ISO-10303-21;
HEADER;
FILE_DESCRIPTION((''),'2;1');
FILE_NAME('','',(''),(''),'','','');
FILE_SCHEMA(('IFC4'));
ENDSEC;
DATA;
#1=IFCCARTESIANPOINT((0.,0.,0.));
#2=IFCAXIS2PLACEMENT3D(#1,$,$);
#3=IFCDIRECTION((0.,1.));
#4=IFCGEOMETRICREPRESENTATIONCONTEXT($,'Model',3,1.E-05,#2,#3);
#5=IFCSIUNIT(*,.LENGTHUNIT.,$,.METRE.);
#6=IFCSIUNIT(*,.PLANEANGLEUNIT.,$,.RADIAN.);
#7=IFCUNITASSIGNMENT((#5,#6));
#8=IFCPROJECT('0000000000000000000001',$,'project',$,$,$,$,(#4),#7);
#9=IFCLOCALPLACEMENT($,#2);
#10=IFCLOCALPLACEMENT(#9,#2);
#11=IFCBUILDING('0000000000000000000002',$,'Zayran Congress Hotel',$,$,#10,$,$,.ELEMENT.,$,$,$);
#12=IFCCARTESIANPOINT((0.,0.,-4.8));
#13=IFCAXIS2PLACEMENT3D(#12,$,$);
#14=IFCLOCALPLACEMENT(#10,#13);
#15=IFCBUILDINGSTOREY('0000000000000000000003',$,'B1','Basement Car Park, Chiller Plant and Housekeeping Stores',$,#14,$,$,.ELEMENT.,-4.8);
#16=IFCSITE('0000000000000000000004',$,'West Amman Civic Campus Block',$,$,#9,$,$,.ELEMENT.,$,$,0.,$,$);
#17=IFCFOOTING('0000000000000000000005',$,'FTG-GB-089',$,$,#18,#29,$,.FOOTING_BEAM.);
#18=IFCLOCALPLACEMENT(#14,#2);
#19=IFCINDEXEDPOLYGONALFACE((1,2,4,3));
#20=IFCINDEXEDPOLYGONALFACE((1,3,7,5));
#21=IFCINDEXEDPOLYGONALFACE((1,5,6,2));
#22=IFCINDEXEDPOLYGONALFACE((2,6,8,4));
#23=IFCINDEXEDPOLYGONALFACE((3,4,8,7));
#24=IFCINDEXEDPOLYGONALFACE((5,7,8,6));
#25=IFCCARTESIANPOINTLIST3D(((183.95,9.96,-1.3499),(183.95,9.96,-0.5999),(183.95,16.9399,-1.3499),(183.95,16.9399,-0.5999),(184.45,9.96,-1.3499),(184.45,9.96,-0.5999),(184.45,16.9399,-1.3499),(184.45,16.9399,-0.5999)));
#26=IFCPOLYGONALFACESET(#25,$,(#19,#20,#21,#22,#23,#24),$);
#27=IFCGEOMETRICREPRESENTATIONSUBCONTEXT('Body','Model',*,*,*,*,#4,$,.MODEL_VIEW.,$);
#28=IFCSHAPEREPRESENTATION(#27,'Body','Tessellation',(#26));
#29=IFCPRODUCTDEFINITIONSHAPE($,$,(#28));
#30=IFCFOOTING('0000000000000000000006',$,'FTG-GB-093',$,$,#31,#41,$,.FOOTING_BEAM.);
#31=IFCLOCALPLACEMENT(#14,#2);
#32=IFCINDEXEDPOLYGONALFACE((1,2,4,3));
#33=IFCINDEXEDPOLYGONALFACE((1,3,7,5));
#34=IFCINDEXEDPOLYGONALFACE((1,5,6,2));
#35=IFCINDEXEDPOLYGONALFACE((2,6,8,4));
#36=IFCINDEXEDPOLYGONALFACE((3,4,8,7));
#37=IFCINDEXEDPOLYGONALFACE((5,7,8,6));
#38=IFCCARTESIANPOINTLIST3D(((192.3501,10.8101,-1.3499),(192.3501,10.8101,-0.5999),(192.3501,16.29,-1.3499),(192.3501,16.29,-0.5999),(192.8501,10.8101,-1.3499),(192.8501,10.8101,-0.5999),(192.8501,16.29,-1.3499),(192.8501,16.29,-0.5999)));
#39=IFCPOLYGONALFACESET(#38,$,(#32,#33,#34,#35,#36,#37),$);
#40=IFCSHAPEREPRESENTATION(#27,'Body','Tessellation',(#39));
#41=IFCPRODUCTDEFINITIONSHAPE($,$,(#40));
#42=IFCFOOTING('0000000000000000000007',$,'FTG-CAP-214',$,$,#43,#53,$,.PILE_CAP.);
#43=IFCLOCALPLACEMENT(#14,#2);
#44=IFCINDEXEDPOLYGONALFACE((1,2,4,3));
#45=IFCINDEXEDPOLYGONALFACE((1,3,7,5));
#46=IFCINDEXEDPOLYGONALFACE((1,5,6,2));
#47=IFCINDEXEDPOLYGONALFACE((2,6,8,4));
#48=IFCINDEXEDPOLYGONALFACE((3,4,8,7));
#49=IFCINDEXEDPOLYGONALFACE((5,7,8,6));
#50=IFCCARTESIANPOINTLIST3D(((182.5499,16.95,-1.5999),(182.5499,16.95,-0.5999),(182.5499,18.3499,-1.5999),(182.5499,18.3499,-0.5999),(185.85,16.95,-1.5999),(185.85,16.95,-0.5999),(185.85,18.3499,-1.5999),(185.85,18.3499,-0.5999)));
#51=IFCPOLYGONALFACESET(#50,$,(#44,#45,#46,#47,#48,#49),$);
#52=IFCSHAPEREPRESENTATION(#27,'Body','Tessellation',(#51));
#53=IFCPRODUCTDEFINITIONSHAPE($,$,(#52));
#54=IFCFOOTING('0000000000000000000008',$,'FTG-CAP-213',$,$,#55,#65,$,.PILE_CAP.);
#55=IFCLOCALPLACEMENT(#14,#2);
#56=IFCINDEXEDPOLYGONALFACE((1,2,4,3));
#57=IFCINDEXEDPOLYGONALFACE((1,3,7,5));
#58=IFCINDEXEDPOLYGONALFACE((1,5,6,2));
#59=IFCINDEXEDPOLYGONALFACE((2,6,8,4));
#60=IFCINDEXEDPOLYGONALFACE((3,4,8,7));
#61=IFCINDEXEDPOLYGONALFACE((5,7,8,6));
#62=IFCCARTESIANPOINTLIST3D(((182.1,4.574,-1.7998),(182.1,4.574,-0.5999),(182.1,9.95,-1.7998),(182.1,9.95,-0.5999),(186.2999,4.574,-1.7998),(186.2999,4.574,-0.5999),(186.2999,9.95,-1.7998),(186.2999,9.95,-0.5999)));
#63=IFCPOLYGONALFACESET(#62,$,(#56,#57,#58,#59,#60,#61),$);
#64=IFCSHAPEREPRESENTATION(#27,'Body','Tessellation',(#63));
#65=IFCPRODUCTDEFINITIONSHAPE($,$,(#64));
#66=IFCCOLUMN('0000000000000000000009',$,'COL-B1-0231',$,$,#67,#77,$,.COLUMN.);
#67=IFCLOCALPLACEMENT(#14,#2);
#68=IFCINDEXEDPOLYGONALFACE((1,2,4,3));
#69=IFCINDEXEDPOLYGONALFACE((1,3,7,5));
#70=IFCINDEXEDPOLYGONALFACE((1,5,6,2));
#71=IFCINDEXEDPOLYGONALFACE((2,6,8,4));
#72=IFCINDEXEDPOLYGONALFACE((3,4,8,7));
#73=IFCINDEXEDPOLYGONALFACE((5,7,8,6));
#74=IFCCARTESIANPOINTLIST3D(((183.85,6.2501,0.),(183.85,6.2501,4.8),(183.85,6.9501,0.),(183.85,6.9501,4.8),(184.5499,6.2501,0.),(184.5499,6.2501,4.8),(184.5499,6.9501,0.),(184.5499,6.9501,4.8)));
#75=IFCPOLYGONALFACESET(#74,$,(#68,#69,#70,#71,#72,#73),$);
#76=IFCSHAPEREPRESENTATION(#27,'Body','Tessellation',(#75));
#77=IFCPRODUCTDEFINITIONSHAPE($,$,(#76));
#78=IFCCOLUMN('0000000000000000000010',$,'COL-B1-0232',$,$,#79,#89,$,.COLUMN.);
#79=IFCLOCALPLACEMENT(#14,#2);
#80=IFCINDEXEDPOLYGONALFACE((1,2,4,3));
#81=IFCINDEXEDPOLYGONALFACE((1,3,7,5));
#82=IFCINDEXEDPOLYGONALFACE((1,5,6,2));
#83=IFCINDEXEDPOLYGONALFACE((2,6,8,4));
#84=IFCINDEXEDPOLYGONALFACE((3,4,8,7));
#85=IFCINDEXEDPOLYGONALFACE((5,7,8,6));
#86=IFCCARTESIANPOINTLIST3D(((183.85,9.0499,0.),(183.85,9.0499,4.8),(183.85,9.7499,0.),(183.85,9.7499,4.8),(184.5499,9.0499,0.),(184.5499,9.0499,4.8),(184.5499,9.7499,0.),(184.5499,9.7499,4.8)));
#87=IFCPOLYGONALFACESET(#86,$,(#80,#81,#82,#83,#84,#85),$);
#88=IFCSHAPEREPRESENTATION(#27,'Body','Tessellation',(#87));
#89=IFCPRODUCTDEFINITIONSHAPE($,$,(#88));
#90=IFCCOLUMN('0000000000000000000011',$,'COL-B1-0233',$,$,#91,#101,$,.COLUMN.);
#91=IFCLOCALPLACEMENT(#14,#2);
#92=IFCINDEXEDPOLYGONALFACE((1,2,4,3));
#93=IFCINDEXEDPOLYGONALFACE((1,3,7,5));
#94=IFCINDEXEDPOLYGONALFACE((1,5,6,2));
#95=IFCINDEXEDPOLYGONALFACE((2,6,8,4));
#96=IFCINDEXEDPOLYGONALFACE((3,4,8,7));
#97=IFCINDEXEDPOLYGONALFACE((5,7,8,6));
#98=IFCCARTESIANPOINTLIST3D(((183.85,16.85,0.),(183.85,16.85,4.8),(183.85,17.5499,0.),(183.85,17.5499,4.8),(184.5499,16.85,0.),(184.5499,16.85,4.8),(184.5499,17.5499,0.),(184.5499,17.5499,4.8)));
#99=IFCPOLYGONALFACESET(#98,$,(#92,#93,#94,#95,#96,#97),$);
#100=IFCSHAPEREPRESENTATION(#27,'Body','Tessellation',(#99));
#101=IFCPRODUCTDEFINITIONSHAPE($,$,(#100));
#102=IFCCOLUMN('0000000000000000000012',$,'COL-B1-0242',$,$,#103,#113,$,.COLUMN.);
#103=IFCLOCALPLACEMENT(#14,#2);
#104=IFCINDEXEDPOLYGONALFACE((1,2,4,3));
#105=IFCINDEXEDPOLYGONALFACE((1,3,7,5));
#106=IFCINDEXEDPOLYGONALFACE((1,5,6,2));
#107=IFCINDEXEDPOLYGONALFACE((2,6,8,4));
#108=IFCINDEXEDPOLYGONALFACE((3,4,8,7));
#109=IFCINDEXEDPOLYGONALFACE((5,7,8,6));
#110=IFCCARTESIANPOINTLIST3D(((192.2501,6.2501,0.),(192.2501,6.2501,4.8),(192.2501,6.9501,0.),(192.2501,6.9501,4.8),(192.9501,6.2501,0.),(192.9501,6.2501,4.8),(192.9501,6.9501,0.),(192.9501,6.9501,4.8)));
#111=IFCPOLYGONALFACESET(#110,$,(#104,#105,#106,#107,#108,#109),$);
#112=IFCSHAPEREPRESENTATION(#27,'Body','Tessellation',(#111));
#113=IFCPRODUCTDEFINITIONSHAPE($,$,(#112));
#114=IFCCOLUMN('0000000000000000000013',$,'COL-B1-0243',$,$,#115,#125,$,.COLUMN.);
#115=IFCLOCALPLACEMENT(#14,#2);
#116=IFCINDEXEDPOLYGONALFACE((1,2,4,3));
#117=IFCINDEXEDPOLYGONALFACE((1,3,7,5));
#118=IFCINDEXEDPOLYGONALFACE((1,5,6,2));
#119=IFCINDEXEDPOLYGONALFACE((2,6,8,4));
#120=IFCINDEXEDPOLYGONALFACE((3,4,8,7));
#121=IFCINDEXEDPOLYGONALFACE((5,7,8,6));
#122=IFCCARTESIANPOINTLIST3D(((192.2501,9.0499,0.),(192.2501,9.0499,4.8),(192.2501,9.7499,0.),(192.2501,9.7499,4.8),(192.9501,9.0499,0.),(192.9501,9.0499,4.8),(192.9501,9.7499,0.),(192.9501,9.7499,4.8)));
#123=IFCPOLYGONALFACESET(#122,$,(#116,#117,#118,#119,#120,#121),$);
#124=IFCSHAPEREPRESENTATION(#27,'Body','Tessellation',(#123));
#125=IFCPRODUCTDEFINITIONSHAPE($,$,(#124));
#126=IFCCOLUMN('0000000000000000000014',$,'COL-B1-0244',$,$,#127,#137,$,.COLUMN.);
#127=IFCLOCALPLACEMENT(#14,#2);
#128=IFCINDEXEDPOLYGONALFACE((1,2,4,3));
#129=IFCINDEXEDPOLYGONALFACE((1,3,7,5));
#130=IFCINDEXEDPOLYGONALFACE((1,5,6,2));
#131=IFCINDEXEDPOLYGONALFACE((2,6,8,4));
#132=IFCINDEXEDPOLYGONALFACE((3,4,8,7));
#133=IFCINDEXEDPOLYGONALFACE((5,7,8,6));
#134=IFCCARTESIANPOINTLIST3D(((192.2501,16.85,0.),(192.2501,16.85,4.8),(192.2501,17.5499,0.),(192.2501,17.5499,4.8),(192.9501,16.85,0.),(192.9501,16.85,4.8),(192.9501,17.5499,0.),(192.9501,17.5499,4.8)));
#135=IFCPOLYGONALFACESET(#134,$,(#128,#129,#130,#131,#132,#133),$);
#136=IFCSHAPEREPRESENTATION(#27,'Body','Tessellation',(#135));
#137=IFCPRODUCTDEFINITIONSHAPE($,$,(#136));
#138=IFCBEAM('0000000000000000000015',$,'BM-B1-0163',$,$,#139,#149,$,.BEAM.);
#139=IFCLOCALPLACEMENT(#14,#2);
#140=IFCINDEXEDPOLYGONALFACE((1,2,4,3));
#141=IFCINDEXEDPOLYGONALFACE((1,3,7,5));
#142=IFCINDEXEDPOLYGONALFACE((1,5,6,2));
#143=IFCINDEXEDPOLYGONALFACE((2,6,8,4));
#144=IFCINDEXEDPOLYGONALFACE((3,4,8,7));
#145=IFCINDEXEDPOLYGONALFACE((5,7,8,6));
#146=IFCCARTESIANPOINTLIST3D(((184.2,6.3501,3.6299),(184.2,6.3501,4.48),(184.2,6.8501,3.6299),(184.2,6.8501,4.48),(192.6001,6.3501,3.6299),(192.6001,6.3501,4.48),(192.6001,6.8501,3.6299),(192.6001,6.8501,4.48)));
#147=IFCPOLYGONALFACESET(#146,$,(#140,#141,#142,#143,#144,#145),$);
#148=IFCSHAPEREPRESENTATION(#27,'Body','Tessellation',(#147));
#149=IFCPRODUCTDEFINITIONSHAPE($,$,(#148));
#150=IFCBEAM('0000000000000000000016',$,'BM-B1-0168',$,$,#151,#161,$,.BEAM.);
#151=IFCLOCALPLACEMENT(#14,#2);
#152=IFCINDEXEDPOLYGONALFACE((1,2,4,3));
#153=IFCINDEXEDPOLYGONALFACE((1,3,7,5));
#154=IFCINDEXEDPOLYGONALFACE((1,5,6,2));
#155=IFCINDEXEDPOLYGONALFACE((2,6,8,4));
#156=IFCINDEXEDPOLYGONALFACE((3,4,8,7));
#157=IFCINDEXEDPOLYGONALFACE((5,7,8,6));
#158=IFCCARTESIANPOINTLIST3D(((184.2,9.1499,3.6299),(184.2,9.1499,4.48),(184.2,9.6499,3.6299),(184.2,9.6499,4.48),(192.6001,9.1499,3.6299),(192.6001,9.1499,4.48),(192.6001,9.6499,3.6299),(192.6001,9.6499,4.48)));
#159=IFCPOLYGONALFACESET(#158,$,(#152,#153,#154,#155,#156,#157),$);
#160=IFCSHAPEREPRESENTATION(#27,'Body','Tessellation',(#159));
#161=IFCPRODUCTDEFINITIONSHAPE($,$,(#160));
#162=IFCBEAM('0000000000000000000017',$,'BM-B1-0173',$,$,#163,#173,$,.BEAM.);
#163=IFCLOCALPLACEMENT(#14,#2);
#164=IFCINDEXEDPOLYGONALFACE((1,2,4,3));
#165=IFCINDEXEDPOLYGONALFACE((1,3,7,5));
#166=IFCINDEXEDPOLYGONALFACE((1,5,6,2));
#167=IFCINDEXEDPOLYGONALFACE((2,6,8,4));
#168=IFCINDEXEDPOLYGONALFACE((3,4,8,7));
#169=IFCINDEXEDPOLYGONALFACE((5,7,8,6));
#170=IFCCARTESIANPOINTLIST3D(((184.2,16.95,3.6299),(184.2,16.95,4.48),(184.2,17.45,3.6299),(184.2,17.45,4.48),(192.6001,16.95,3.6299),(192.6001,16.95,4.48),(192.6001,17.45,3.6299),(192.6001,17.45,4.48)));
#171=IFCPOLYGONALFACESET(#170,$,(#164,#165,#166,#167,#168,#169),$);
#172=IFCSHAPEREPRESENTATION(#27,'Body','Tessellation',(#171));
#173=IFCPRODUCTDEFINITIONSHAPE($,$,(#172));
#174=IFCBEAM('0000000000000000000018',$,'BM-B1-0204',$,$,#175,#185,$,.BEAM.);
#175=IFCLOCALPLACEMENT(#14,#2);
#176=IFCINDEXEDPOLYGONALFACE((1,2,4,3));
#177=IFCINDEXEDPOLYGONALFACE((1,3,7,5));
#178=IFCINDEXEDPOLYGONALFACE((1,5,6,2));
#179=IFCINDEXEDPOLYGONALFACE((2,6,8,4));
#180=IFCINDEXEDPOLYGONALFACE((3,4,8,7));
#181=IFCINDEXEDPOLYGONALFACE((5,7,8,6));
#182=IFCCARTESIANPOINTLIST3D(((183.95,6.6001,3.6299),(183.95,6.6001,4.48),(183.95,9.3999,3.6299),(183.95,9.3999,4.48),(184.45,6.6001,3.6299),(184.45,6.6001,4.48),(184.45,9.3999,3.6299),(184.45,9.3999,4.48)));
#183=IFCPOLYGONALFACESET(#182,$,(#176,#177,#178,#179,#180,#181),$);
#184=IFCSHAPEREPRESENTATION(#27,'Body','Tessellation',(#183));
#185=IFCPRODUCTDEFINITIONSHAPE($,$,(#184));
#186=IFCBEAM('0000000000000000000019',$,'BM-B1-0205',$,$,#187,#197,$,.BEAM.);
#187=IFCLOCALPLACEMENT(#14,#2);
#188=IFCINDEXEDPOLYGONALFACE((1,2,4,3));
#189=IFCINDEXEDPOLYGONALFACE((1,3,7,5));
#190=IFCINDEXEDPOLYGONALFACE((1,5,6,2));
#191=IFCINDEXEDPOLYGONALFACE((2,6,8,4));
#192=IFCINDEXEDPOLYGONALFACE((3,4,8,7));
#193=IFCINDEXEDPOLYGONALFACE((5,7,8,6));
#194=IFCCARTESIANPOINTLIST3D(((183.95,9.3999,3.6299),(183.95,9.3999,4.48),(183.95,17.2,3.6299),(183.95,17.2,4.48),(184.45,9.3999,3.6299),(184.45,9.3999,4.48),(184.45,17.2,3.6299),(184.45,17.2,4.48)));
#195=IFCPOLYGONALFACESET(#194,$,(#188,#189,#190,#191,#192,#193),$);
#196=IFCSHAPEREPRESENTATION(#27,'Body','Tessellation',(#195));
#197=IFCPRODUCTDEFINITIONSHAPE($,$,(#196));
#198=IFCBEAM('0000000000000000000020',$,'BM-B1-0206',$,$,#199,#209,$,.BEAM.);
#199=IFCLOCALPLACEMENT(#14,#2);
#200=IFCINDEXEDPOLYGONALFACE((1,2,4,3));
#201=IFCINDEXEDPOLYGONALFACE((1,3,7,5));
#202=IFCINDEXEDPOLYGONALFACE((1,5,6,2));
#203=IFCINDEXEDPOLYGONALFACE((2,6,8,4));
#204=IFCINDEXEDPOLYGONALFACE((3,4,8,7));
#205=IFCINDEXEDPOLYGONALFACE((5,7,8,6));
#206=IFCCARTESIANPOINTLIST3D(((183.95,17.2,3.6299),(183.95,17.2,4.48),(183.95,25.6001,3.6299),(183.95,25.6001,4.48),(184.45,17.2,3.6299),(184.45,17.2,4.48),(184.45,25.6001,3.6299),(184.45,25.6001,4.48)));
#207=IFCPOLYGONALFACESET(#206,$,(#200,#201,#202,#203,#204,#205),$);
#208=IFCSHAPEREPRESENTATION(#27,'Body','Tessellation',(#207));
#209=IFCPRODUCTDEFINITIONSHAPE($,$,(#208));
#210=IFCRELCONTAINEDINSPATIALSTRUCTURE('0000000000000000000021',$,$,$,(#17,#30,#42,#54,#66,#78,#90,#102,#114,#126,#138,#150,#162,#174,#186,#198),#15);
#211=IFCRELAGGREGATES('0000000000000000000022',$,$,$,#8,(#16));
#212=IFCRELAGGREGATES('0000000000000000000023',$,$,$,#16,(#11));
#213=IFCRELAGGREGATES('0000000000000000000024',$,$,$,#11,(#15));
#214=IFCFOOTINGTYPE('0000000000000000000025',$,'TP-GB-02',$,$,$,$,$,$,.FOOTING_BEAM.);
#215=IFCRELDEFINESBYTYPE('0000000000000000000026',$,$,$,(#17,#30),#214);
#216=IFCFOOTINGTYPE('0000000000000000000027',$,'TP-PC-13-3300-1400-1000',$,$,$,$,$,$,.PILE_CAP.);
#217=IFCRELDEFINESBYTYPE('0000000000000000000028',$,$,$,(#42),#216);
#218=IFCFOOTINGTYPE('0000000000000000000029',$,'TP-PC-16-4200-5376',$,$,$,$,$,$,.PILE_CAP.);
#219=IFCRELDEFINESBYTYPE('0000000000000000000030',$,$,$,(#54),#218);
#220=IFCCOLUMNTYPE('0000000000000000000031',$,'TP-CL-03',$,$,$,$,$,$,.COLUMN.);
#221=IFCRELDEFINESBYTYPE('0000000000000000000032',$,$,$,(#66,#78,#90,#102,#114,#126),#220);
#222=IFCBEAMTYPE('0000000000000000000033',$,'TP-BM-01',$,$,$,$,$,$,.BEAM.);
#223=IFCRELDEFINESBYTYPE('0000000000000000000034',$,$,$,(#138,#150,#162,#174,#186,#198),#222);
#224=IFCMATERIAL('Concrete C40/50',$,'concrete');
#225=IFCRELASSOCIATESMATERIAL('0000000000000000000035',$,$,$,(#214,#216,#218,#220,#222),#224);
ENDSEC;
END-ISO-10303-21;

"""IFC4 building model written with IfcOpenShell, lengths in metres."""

from ifc_helpers import new_model, si_unit, direction, frame, origin, origin_2d, place, context, subcontext, project, spatial, rectangle, extrude, material, material_profile, profile_set, type_object, element, save


model = new_model("IFC4")

# Units and contexts
model_context = context("Model", 3, precision=1e-05, world=origin(), true_north=direction((0.0, 1.0)))
body_context = subcontext(model_context, "Body", "Model", "MODEL_VIEW")
ifc_project = project(units=[si_unit("LENGTHUNIT", "METRE"), si_unit("PLANEANGLEUNIT", "RADIAN")], contexts=[model_context])

# Site, building, storey
site_placement = place(None, origin())
site = spatial("IfcSite", under=ifc_project, at=site_placement, Name="West Amman Civic Campus Block", CompositionType="ELEMENT", RefElevation=0.0)
building_placement = place(site_placement, origin())
building = spatial("IfcBuilding", under=site, at=building_placement, Name="Zayran Congress Hotel", CompositionType="ELEMENT")
storey_placement = place(building_placement, frame((0.0, 0.0, -4.8)))
storey = spatial("IfcBuildingStorey", under=building, at=storey_placement, Name="B1", Description="Basement Car Park, Chiller Plant and Housekeeping Stores", CompositionType="ELEMENT", Elevation=-4.8)

# Shared definitions
ifc_material_1 = material(Name="Concrete C40/50", Category="concrete")

# Footings
footing_type_1 = type_object("IfcFootingType", Name="TP-GB-02", PredefinedType="FOOTING_BEAM", material=ifc_material_1)
footing_1_placement = place(storey_placement, frame((184.2, 13.45, -1.3499), z_axis=(0.0, 0.0, 1.0), x_axis=(0.0, 1.0, 0.0)))
element("IfcFooting", 1, at=footing_1_placement, inside=storey, type_object=footing_type_1, Name="FTG-GB-089", PredefinedType="FOOTING_BEAM", context=body_context, shape_type="SweptSolid", body=[
    extrude(rectangle(XDim=6.98, YDim=0.5, at=origin_2d()), origin(), (0.0, 0.0, 1.0), 0.75),
])
footing_2_placement = place(storey_placement, frame((192.6001, 13.55, -1.3499), z_axis=(0.0, 0.0, 1.0), x_axis=(0.0, 1.0, 0.0)))
element("IfcFooting", 2, at=footing_2_placement, inside=storey, type_object=footing_type_1, Name="FTG-GB-093", PredefinedType="FOOTING_BEAM", context=body_context, shape_type="SweptSolid", body=[
    extrude(rectangle(XDim=5.48, YDim=0.5, at=origin_2d()), origin(), (0.0, 0.0, 1.0), 0.75),
])
footing_type_2 = type_object("IfcFootingType", Name="TP-PC-13-3300-1400-1000", PredefinedType="PILE_CAP", material=ifc_material_1)
footing_3_placement = place(storey_placement, frame((184.2, 17.6499, -1.5999), z_axis=(0.0, 0.0, 1.0), x_axis=(1.0, 0.0, 0.0)))
element("IfcFooting", 3, at=footing_3_placement, inside=storey, type_object=footing_type_2, Name="FTG-CAP-214", PredefinedType="PILE_CAP", context=body_context, shape_type="SweptSolid", body=[
    extrude(rectangle(XDim=3.3, YDim=1.3999, at=origin_2d()), origin(), (0.0, 0.0, 1.0), 1.0),
])
footing_type_3 = type_object("IfcFootingType", Name="TP-PC-16-4200-5376", PredefinedType="PILE_CAP", material=ifc_material_1)
footing_4_placement = place(storey_placement, frame((184.2, 7.262, -1.7998), z_axis=(0.0, 0.0, 1.0), x_axis=(1.0, 0.0, 0.0)))
element("IfcFooting", 4, at=footing_4_placement, inside=storey, type_object=footing_type_3, Name="FTG-CAP-213", PredefinedType="PILE_CAP", context=body_context, shape_type="SweptSolid", body=[
    extrude(rectangle(XDim=4.2, YDim=5.376, at=origin_2d()), origin(), (0.0, 0.0, 1.0), 1.2),
])

# Columns
ifc_material_profile_1 = material_profile(ifc_material_1, rectangle(XDim=0.7, YDim=0.7, at=origin_2d()), Name="RC 700x700")
ifc_profile_set_1 = profile_set([ifc_material_profile_1], Name="Concrete C40/50")
column_type = type_object("IfcColumnType", Name="TP-CL-03", PredefinedType="COLUMN", material=ifc_profile_set_1)
for number, where, z_axis, x_axis, name in (
    (5, (184.2, 6.6001, 0.0), (0.0, 0.0, 1.0), (1.0, 0.0, 0.0), "COL-B1-0231"),
    (6, (184.2, 9.3999, 0.0), (0.0, 0.0, 1.0), (1.0, 0.0, 0.0), "COL-B1-0232"),
    (7, (184.2, 17.2, 0.0), (0.0, 0.0, 1.0), (1.0, 0.0, 0.0), "COL-B1-0233"),
    (8, (192.6001, 6.6001, 0.0), (0.0, 0.0, 1.0), (1.0, 0.0, 0.0), "COL-B1-0242"),
    (9, (192.6001, 9.3999, 0.0), (0.0, 0.0, 1.0), (1.0, 0.0, 0.0), "COL-B1-0243"),
    (10, (192.6001, 17.2, 0.0), (0.0, 0.0, 1.0), (1.0, 0.0, 0.0), "COL-B1-0244"),
):
    element("IfcColumn", number, at=place(storey_placement, frame(where, z_axis=z_axis, x_axis=x_axis)), inside=storey, type_object=column_type, Name=name, PredefinedType="COLUMN", context=body_context, shape_type="SweptSolid", body=[
        extrude(rectangle(XDim=0.7, YDim=0.7, at=origin_2d()), origin(), (0.0, 0.0, 1.0), 4.8),
    ])

# Beams
ifc_material_profile_2 = material_profile(ifc_material_1, rectangle(XDim=0.5, YDim=0.8501, at=origin_2d()), Name="RC 500x850")
ifc_profile_set_2 = profile_set([ifc_material_profile_2], Name="Concrete C40/50")
beam_type = type_object("IfcBeamType", Name="TP-BM-01", PredefinedType="BEAM", material=ifc_profile_set_2)
for number, where, z_axis, x_axis, name in (
    (11, (184.2, 6.6001, 4.0549), (1.0, 0.0, 0.0), (0.0, 1.0, 0.0), "BM-B1-0163"),
    (12, (184.2, 9.3999, 4.0549), (1.0, 0.0, 0.0), (0.0, 1.0, 0.0), "BM-B1-0168"),
    (13, (184.2, 17.2, 4.0549), (1.0, 0.0, 0.0), (0.0, 1.0, 0.0), "BM-B1-0173"),
):
    element("IfcBeam", number, at=place(storey_placement, frame(where, z_axis=z_axis, x_axis=x_axis)), inside=storey, type_object=beam_type, Name=name, PredefinedType="BEAM", context=body_context, shape_type="SweptSolid", body=[
        extrude(rectangle(XDim=0.5, YDim=0.8501, at=origin_2d()), origin(), (0.0, 0.0, 1.0), 8.4001),
    ])
beam_1_placement = place(storey_placement, frame((184.2, 6.6001, 4.0549), z_axis=(0.0, 1.0, 0.0), x_axis=(-1.0, 0.0, 0.0)))
element("IfcBeam", 14, at=beam_1_placement, inside=storey, type_object=beam_type, Name="BM-B1-0204", PredefinedType="BEAM", context=body_context, shape_type="SweptSolid", body=[
    extrude(rectangle(XDim=0.5, YDim=0.8501, at=origin_2d()), origin(), (0.0, 0.0, 1.0), 2.7998),
])
beam_2_placement = place(storey_placement, frame((184.2, 9.3999, 4.0549), z_axis=(0.0, 1.0, 0.0), x_axis=(-1.0, 0.0, 0.0)))
element("IfcBeam", 15, at=beam_2_placement, inside=storey, type_object=beam_type, Name="BM-B1-0205", PredefinedType="BEAM", context=body_context, shape_type="SweptSolid", body=[
    extrude(rectangle(XDim=0.5, YDim=0.8501, at=origin_2d()), origin(), (0.0, 0.0, 1.0), 7.8),
])
beam_3_placement = place(storey_placement, frame((184.2, 17.2, 4.0549), z_axis=(0.0, 1.0, 0.0), x_axis=(-1.0, 0.0, 0.0)))
element("IfcBeam", 16, at=beam_3_placement, inside=storey, type_object=beam_type, Name="BM-B1-0206", PredefinedType="BEAM", context=body_context, shape_type="SweptSolid", body=[
    extrude(rectangle(XDim=0.5, YDim=0.8501, at=origin_2d()), origin(), (0.0, 0.0, 1.0), 8.4001),
])

save(model, "model.ifc")
